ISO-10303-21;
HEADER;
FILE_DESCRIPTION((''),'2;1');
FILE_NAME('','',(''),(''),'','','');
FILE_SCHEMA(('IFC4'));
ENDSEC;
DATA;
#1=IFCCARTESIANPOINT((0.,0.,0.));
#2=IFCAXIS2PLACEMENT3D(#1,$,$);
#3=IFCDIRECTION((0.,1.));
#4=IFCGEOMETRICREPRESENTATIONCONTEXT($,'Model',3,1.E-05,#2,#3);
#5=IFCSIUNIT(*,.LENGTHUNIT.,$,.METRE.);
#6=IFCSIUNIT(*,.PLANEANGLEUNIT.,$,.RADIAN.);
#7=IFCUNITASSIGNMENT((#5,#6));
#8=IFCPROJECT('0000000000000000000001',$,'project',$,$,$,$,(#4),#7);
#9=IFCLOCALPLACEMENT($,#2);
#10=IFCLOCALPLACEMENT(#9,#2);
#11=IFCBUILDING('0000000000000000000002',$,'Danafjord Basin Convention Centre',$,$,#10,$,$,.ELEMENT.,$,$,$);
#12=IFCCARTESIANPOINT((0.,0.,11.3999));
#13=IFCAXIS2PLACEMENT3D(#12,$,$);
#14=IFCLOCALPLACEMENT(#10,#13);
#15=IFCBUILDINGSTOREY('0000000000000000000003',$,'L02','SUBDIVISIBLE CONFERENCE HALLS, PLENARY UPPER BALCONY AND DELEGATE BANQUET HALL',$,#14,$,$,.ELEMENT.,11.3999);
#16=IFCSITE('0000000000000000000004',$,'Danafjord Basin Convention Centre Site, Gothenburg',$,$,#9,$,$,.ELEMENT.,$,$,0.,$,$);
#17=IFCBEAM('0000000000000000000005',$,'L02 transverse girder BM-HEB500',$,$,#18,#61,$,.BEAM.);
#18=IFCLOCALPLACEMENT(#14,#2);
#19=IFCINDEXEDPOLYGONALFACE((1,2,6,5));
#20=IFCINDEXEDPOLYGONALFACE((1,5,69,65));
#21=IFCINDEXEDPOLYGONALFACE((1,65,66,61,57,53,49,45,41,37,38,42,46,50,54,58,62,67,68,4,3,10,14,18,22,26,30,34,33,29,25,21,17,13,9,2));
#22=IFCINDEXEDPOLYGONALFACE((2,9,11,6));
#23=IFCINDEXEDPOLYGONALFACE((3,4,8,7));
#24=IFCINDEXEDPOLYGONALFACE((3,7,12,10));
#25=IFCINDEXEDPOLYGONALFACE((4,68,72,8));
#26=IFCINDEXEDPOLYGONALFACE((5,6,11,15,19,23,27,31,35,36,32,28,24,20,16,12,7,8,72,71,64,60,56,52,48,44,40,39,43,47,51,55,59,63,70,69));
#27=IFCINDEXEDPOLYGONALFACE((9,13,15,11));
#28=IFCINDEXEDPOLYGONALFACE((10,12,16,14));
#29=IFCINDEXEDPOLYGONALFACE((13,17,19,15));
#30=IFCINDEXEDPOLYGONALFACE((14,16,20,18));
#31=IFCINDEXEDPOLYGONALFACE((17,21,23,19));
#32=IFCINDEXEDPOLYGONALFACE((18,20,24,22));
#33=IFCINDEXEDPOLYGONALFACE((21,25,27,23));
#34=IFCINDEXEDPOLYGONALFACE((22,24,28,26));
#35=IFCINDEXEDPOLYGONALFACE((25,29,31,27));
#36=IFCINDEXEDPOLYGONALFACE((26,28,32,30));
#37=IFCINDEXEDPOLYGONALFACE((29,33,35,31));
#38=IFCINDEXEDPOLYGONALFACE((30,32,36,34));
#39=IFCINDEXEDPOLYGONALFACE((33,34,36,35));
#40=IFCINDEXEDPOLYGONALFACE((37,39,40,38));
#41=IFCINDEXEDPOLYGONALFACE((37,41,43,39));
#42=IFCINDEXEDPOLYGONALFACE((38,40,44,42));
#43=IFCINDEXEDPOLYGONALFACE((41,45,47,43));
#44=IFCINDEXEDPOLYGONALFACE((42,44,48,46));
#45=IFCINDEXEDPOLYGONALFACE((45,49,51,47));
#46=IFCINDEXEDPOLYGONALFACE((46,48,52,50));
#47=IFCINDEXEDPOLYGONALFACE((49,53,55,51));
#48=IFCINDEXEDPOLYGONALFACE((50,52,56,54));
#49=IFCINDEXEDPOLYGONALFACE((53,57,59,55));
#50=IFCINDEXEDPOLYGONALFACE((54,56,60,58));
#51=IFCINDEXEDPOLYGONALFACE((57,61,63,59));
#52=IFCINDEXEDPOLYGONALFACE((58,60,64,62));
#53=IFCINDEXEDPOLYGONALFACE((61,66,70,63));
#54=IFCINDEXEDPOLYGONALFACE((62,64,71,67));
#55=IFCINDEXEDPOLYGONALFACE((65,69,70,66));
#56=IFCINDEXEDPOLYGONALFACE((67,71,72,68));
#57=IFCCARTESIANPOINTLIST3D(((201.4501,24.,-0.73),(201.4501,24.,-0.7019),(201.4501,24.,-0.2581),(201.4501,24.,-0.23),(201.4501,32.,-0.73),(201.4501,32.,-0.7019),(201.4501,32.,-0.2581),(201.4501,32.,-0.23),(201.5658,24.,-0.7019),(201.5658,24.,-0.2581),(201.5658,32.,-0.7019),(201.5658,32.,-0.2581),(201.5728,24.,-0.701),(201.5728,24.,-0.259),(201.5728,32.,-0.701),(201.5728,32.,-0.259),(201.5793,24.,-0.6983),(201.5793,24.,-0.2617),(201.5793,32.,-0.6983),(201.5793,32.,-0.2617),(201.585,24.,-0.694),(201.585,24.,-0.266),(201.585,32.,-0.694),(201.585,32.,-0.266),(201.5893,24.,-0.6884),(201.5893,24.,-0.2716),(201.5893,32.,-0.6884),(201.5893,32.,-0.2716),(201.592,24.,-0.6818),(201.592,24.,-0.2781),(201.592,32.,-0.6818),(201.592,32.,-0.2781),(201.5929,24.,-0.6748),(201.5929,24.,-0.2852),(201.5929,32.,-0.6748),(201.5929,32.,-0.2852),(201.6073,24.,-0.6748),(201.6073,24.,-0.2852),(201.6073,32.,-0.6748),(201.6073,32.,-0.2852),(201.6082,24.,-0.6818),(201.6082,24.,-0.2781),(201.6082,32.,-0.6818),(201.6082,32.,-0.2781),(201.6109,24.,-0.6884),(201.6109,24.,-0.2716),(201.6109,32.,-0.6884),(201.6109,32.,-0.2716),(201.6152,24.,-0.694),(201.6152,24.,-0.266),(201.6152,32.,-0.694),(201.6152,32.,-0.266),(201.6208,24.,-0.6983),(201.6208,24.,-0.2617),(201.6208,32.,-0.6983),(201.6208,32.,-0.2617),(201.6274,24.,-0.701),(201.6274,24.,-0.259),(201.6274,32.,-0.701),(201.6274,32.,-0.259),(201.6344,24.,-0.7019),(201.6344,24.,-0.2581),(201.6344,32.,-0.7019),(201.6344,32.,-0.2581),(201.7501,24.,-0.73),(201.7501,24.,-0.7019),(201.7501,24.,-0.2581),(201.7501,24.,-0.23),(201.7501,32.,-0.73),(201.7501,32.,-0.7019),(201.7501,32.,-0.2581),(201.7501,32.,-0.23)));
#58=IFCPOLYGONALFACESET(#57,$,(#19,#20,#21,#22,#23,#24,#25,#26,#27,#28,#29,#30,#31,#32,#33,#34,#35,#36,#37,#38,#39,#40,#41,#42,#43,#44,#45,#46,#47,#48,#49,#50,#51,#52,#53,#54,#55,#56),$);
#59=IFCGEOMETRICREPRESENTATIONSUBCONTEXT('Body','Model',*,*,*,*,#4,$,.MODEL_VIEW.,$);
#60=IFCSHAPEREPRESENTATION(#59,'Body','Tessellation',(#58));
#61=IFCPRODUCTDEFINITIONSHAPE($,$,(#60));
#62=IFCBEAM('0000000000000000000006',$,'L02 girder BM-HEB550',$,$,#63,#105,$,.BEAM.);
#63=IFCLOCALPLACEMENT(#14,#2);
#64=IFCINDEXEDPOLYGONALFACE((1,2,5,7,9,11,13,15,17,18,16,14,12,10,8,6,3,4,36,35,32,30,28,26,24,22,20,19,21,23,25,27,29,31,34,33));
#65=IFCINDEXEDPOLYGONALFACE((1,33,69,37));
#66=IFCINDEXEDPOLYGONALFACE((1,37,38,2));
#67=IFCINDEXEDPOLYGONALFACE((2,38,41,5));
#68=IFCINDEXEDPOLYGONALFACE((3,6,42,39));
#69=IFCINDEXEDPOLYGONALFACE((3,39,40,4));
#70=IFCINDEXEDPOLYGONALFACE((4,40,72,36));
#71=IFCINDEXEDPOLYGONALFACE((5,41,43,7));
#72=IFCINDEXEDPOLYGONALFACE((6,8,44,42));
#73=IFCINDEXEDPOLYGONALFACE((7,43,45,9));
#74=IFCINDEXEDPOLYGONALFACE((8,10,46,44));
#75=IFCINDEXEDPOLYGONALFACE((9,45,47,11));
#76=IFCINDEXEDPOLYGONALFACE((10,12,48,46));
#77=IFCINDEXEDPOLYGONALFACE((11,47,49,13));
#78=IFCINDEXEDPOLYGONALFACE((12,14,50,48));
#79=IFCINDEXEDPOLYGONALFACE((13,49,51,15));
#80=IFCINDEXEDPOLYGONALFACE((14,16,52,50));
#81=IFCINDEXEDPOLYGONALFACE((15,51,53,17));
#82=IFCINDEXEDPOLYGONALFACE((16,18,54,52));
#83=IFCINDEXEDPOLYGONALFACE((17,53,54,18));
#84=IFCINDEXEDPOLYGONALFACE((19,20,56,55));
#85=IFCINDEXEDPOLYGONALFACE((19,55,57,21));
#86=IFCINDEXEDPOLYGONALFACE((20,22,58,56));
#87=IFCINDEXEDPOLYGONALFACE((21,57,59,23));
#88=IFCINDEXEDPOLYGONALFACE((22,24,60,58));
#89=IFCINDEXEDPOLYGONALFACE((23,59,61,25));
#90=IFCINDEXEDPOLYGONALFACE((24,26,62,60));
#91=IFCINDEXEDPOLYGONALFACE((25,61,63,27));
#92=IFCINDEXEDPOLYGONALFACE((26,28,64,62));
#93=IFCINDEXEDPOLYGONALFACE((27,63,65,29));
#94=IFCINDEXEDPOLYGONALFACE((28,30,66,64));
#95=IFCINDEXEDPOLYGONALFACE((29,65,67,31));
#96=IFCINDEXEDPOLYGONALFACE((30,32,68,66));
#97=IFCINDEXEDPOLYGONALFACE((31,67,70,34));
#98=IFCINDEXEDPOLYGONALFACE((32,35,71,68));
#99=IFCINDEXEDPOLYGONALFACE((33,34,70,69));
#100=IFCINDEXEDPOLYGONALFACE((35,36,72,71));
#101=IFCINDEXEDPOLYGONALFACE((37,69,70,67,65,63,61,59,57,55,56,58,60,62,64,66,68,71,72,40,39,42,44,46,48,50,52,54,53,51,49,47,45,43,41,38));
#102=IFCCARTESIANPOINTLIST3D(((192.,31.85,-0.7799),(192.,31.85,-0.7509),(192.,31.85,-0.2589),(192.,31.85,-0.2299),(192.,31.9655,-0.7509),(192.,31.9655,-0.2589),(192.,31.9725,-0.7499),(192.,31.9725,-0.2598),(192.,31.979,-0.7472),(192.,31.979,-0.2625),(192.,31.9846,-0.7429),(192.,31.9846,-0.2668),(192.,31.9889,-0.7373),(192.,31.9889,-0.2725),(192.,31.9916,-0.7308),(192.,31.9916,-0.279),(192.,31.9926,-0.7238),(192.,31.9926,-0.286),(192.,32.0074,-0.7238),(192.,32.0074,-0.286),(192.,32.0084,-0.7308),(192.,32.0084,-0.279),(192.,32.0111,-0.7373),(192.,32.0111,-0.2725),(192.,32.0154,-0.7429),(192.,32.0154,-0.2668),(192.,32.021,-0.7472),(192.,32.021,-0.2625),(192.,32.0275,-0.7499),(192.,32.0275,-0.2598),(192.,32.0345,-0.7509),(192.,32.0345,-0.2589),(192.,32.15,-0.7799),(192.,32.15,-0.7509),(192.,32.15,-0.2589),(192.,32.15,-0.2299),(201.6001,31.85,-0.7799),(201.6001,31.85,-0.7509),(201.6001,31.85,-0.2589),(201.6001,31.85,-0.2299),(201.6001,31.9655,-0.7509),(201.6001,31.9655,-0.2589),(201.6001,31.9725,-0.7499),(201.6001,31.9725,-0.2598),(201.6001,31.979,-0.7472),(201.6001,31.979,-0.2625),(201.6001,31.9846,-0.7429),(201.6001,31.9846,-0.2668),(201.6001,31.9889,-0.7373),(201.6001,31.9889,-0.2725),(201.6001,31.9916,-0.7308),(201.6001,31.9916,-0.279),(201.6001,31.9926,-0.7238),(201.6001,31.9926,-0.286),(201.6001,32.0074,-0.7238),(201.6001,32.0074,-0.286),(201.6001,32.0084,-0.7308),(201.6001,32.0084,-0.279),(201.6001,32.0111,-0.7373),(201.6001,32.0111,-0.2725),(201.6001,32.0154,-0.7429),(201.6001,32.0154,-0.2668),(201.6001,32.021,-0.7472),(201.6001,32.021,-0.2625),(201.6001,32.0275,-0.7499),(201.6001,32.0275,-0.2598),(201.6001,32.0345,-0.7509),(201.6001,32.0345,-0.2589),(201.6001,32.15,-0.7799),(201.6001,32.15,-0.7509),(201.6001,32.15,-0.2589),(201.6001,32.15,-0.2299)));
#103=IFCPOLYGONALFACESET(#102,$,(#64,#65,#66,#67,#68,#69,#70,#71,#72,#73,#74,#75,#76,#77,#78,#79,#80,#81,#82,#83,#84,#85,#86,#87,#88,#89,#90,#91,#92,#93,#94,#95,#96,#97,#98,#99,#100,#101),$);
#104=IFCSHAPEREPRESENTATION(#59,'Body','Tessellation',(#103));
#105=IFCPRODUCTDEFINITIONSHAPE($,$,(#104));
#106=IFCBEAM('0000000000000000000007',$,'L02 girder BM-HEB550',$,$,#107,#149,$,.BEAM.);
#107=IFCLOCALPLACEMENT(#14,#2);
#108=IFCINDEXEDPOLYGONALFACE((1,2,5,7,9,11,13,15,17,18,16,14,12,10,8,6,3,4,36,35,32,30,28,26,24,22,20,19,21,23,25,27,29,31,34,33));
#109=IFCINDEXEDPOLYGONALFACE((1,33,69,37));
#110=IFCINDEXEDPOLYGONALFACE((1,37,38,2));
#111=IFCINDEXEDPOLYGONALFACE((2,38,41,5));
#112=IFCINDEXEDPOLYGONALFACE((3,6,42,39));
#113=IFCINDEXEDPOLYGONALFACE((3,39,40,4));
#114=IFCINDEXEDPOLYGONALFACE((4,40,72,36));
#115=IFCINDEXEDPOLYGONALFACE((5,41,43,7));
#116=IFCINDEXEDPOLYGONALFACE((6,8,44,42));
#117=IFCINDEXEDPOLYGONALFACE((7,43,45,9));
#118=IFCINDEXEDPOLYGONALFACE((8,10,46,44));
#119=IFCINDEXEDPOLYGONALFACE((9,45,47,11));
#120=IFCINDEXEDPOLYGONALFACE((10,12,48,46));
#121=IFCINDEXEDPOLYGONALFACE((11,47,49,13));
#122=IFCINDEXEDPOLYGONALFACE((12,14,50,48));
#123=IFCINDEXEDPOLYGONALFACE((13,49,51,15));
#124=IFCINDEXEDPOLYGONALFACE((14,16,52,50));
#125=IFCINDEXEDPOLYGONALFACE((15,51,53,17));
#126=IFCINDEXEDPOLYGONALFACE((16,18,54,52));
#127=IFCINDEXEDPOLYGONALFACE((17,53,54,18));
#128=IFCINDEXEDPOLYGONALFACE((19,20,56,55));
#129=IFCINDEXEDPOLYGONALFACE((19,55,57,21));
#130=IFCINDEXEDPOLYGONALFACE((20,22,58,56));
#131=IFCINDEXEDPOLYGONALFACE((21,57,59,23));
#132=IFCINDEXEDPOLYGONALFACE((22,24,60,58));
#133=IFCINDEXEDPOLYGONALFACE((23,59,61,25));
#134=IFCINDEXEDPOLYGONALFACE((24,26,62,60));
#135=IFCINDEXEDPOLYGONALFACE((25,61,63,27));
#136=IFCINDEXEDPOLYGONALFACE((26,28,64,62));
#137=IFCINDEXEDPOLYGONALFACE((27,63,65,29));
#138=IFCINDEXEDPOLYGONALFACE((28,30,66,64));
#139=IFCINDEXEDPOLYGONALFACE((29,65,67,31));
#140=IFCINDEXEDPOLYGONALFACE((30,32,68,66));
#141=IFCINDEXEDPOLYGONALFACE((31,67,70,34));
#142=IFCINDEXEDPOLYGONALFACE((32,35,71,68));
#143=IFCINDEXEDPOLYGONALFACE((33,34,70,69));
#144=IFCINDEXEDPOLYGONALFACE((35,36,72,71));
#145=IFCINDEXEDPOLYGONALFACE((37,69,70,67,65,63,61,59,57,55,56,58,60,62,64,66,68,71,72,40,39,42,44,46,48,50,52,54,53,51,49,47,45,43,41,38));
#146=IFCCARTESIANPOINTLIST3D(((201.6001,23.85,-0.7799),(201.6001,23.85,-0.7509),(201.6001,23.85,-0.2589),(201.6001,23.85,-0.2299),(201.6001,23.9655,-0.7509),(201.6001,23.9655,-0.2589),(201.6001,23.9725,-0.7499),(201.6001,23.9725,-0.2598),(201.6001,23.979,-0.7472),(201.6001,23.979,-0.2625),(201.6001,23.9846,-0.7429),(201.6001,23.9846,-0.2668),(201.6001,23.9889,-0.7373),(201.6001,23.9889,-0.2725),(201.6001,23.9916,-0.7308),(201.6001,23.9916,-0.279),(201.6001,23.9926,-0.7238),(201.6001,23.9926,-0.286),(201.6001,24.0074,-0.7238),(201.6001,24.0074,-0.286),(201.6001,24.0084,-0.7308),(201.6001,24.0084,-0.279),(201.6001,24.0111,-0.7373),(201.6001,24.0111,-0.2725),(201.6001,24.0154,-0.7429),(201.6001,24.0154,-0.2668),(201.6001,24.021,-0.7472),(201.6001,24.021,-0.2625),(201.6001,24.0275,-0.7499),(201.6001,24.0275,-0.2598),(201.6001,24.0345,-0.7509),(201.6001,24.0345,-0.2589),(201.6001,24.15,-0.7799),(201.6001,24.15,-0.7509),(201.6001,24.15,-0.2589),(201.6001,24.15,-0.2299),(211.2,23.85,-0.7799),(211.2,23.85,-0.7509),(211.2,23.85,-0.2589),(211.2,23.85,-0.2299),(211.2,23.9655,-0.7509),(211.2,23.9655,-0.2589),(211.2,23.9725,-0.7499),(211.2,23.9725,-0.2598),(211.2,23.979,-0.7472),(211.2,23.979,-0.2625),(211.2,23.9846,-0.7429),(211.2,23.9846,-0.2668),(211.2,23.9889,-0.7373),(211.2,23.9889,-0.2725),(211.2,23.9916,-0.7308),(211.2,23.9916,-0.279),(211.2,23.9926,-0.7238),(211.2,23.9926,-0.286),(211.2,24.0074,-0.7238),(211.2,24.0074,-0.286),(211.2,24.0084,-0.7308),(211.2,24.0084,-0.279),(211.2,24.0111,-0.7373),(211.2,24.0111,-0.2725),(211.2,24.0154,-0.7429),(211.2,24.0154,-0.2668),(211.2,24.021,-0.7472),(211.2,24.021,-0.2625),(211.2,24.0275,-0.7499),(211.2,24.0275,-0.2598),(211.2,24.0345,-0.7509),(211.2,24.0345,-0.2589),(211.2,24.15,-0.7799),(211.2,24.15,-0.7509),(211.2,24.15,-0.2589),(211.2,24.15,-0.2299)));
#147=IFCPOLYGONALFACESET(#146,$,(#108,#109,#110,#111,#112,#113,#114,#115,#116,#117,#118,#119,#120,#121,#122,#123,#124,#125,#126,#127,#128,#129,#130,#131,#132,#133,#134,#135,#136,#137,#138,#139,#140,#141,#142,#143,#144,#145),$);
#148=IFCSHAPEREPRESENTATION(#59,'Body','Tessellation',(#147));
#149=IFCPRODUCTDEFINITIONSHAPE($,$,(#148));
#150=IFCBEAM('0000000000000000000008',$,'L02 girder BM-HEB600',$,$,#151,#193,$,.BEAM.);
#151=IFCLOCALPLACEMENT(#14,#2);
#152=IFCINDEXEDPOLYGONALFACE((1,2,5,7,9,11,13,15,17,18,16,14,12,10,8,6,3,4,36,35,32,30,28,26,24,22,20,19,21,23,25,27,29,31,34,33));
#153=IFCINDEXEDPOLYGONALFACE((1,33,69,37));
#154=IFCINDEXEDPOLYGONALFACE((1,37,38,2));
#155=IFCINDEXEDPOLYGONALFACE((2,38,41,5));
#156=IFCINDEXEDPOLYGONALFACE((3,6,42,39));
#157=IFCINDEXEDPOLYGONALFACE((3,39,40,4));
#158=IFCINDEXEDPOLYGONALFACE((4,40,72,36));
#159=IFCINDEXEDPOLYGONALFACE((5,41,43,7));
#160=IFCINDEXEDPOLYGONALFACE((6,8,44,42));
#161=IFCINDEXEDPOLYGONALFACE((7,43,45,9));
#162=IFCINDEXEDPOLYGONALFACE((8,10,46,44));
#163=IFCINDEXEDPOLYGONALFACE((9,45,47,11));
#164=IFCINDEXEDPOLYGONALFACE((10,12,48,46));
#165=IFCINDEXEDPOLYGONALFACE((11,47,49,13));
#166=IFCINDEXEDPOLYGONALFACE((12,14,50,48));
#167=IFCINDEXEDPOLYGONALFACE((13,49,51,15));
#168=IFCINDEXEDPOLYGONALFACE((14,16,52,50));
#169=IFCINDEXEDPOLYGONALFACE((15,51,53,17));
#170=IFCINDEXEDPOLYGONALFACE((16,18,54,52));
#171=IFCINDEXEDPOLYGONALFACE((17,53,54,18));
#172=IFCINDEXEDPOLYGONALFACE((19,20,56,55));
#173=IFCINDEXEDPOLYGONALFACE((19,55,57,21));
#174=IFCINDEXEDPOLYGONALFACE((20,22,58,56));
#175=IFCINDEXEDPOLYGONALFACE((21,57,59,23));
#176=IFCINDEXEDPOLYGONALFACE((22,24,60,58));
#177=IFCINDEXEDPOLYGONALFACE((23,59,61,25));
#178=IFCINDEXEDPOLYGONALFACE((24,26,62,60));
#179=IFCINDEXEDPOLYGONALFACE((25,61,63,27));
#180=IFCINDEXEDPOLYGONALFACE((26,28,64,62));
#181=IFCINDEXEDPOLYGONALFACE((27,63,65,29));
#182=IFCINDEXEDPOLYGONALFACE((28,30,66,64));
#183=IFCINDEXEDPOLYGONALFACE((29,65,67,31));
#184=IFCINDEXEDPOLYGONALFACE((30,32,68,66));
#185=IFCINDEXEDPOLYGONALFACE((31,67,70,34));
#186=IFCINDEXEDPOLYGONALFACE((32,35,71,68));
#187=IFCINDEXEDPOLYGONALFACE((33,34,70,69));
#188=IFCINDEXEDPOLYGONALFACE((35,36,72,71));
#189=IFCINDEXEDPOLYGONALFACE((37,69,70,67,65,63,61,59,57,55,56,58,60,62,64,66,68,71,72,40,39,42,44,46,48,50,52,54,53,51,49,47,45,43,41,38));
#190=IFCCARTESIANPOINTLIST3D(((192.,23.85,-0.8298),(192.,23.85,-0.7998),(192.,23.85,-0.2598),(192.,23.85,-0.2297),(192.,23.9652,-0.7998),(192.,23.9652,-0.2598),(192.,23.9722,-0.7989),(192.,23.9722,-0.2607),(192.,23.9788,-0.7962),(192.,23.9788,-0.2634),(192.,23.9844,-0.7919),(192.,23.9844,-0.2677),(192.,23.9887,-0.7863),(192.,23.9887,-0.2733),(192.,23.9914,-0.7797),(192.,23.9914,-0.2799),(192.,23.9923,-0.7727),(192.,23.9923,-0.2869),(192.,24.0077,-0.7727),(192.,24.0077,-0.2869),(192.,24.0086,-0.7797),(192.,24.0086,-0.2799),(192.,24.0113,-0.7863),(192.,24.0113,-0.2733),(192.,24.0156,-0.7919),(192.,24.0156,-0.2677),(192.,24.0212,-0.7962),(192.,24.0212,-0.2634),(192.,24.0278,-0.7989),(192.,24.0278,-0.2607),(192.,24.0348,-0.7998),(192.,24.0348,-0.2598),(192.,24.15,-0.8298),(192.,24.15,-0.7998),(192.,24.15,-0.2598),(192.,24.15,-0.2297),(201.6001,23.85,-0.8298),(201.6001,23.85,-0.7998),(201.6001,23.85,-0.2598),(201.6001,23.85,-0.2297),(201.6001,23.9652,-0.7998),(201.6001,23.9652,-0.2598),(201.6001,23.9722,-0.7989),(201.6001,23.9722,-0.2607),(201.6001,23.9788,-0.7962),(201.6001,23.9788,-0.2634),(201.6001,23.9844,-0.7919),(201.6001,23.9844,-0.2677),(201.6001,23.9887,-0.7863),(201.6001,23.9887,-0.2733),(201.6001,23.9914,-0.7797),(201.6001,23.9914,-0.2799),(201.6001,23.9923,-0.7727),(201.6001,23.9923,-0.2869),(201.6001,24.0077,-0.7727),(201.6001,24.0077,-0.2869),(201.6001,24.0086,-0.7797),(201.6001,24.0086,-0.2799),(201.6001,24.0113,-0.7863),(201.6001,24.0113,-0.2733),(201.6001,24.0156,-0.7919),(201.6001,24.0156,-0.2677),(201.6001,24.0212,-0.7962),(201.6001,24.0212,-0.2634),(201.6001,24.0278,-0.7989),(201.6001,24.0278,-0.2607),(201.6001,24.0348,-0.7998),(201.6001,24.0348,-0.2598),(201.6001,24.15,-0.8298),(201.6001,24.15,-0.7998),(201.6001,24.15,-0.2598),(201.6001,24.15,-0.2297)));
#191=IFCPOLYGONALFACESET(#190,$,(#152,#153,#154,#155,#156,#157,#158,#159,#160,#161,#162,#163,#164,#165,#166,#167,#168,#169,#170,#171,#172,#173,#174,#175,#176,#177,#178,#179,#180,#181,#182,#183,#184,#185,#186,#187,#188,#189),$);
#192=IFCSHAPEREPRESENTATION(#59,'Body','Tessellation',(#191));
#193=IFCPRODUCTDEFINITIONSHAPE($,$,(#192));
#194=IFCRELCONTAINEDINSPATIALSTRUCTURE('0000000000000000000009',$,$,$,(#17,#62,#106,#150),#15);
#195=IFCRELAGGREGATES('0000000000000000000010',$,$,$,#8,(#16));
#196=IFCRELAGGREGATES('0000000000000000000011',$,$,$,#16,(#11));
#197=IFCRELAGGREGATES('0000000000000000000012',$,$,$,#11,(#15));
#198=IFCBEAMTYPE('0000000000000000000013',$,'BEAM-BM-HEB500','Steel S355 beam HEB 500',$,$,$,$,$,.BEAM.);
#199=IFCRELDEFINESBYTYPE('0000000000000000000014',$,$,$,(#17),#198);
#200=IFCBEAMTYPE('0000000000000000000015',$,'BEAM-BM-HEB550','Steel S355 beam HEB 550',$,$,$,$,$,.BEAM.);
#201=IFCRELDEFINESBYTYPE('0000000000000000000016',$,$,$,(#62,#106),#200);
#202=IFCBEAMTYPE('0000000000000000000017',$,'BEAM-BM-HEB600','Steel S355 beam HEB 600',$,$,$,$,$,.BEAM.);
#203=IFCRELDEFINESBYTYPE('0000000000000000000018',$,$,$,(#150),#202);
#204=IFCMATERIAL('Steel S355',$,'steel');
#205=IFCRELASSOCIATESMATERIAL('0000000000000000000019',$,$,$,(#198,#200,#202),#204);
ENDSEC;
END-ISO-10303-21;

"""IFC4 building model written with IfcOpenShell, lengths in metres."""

from ifc_helpers import new_model, si_unit, direction, frame, origin, origin_2d, place, context, subcontext, project, spatial, i_section, extrude, material, material_profile, profile_set, type_object, element, save


model = new_model("IFC4")

# Units and contexts
model_context = context("Model", 3, precision=1e-05, world=origin(), true_north=direction((0.0, 1.0)))
body_context = subcontext(model_context, "Body", "Model", "MODEL_VIEW")
ifc_project = project(units=[si_unit("LENGTHUNIT", "METRE"), si_unit("PLANEANGLEUNIT", "RADIAN")], contexts=[model_context])

# Site, building, storey
site_placement = place(None, origin())
site = spatial("IfcSite", under=ifc_project, at=site_placement, Name="Danafjord Basin Convention Centre Site, Gothenburg", CompositionType="ELEMENT", RefElevation=0.0)
building_placement = place(site_placement, origin())
building = spatial("IfcBuilding", under=site, at=building_placement, Name="Danafjord Basin Convention Centre", CompositionType="ELEMENT")
storey_placement = place(building_placement, frame((0.0, 0.0, 11.3999)))
storey = spatial("IfcBuildingStorey", under=building, at=storey_placement, Name="L02", Description="SUBDIVISIBLE CONFERENCE HALLS, PLENARY UPPER BALCONY AND DELEGATE BANQUET HALL", CompositionType="ELEMENT", Elevation=11.3999)

# Shared definitions
ifc_material_1 = material(Name="Steel S355", Category="steel")

# Beams
ifc_material_profile_1 = material_profile(ifc_material_1, i_section(OverallWidth=0.3, OverallDepth=0.5, WebThickness=0.0144, FlangeThickness=0.0281, FilletRadius=0.0271, at=origin_2d()), Name="HEB 500")
ifc_profile_set_1 = profile_set([ifc_material_profile_1], Name="Steel S355")
beam_type_1 = type_object("IfcBeamType", Name="BEAM-BM-HEB500", Description="Steel S355 beam HEB 500", PredefinedType="BEAM", material=ifc_profile_set_1)
for number, where, z_axis, x_axis, name in (
    (1, (201.6001, 24.0, -0.48), (0.0, 1.0, 0.0), (-1.0, 0.0, 0.0), "L02 transverse girder BM-HEB500"),
):
    element("IfcBeam", number, at=place(storey_placement, frame(where, z_axis=z_axis, x_axis=x_axis)), inside=storey, type_object=beam_type_1, Name=name, PredefinedType="BEAM", context=body_context, shape_type="SweptSolid", body=[
        extrude(i_section(OverallWidth=0.3, OverallDepth=0.5, WebThickness=0.0144, FlangeThickness=0.0281, FilletRadius=0.0271, at=origin_2d()), origin(), (0.0, 0.0, 1.0), 8.0),
    ])
ifc_material_profile_2 = material_profile(ifc_material_1, i_section(OverallWidth=0.3, OverallDepth=0.55, WebThickness=0.0149, FlangeThickness=0.0291, FilletRadius=0.0271, at=origin_2d()), Name="HEB 550")
ifc_profile_set_2 = profile_set([ifc_material_profile_2], Name="Steel S355")
beam_type_2 = type_object("IfcBeamType", Name="BEAM-BM-HEB550", Description="Steel S355 beam HEB 550", PredefinedType="BEAM", material=ifc_profile_set_2)
beam_1_placement = place(storey_placement, frame((192.0, 32.0, -0.5049), z_axis=(1.0, 0.0, 0.0), x_axis=(0.0, 1.0, 0.0)))
element("IfcBeam", 2, at=beam_1_placement, inside=storey, type_object=beam_type_2, Name="L02 girder BM-HEB550", PredefinedType="BEAM", context=body_context, shape_type="SweptSolid", body=[
    extrude(i_section(OverallWidth=0.3, OverallDepth=0.55, WebThickness=0.0149, FlangeThickness=0.0291, FilletRadius=0.0271, at=origin_2d()), origin(), (0.0, 0.0, 1.0), 9.6001),
])
beam_2_placement = place(storey_placement, frame((201.6001, 24.0, -0.5049), z_axis=(1.0, 0.0, 0.0), x_axis=(0.0, 1.0, 0.0)))
element("IfcBeam", 3, at=beam_2_placement, inside=storey, type_object=beam_type_2, Name="L02 girder BM-HEB550", PredefinedType="BEAM", context=body_context, shape_type="SweptSolid", body=[
    extrude(i_section(OverallWidth=0.3, OverallDepth=0.55, WebThickness=0.0149, FlangeThickness=0.0291, FilletRadius=0.0271, at=origin_2d()), origin(), (0.0, 0.0, 1.0), 9.5999),
])
ifc_material_profile_3 = material_profile(ifc_material_1, i_section(OverallWidth=0.3, OverallDepth=0.6001, WebThickness=0.0154, FlangeThickness=0.03, FilletRadius=0.0271, at=origin_2d()), Name="HEB 600")
ifc_profile_set_3 = profile_set([ifc_material_profile_3], Name="Steel S355")
beam_type_3 = type_object("IfcBeamType", Name="BEAM-BM-HEB600", Description="Steel S355 beam HEB 600", PredefinedType="BEAM", material=ifc_profile_set_3)
beam_3_placement = place(storey_placement, frame((192.0, 24.0, -0.5298), z_axis=(1.0, 0.0, 0.0), x_axis=(0.0, 1.0, 0.0)))
element("IfcBeam", 4, at=beam_3_placement, inside=storey, type_object=beam_type_3, Name="L02 girder BM-HEB600", PredefinedType="BEAM", context=body_context, shape_type="SweptSolid", body=[
    extrude(i_section(OverallWidth=0.3, OverallDepth=0.6001, WebThickness=0.0154, FlangeThickness=0.03, FilletRadius=0.0271, at=origin_2d()), origin(), (0.0, 0.0, 1.0), 9.6001),
])

save(model, "model.ifc")
